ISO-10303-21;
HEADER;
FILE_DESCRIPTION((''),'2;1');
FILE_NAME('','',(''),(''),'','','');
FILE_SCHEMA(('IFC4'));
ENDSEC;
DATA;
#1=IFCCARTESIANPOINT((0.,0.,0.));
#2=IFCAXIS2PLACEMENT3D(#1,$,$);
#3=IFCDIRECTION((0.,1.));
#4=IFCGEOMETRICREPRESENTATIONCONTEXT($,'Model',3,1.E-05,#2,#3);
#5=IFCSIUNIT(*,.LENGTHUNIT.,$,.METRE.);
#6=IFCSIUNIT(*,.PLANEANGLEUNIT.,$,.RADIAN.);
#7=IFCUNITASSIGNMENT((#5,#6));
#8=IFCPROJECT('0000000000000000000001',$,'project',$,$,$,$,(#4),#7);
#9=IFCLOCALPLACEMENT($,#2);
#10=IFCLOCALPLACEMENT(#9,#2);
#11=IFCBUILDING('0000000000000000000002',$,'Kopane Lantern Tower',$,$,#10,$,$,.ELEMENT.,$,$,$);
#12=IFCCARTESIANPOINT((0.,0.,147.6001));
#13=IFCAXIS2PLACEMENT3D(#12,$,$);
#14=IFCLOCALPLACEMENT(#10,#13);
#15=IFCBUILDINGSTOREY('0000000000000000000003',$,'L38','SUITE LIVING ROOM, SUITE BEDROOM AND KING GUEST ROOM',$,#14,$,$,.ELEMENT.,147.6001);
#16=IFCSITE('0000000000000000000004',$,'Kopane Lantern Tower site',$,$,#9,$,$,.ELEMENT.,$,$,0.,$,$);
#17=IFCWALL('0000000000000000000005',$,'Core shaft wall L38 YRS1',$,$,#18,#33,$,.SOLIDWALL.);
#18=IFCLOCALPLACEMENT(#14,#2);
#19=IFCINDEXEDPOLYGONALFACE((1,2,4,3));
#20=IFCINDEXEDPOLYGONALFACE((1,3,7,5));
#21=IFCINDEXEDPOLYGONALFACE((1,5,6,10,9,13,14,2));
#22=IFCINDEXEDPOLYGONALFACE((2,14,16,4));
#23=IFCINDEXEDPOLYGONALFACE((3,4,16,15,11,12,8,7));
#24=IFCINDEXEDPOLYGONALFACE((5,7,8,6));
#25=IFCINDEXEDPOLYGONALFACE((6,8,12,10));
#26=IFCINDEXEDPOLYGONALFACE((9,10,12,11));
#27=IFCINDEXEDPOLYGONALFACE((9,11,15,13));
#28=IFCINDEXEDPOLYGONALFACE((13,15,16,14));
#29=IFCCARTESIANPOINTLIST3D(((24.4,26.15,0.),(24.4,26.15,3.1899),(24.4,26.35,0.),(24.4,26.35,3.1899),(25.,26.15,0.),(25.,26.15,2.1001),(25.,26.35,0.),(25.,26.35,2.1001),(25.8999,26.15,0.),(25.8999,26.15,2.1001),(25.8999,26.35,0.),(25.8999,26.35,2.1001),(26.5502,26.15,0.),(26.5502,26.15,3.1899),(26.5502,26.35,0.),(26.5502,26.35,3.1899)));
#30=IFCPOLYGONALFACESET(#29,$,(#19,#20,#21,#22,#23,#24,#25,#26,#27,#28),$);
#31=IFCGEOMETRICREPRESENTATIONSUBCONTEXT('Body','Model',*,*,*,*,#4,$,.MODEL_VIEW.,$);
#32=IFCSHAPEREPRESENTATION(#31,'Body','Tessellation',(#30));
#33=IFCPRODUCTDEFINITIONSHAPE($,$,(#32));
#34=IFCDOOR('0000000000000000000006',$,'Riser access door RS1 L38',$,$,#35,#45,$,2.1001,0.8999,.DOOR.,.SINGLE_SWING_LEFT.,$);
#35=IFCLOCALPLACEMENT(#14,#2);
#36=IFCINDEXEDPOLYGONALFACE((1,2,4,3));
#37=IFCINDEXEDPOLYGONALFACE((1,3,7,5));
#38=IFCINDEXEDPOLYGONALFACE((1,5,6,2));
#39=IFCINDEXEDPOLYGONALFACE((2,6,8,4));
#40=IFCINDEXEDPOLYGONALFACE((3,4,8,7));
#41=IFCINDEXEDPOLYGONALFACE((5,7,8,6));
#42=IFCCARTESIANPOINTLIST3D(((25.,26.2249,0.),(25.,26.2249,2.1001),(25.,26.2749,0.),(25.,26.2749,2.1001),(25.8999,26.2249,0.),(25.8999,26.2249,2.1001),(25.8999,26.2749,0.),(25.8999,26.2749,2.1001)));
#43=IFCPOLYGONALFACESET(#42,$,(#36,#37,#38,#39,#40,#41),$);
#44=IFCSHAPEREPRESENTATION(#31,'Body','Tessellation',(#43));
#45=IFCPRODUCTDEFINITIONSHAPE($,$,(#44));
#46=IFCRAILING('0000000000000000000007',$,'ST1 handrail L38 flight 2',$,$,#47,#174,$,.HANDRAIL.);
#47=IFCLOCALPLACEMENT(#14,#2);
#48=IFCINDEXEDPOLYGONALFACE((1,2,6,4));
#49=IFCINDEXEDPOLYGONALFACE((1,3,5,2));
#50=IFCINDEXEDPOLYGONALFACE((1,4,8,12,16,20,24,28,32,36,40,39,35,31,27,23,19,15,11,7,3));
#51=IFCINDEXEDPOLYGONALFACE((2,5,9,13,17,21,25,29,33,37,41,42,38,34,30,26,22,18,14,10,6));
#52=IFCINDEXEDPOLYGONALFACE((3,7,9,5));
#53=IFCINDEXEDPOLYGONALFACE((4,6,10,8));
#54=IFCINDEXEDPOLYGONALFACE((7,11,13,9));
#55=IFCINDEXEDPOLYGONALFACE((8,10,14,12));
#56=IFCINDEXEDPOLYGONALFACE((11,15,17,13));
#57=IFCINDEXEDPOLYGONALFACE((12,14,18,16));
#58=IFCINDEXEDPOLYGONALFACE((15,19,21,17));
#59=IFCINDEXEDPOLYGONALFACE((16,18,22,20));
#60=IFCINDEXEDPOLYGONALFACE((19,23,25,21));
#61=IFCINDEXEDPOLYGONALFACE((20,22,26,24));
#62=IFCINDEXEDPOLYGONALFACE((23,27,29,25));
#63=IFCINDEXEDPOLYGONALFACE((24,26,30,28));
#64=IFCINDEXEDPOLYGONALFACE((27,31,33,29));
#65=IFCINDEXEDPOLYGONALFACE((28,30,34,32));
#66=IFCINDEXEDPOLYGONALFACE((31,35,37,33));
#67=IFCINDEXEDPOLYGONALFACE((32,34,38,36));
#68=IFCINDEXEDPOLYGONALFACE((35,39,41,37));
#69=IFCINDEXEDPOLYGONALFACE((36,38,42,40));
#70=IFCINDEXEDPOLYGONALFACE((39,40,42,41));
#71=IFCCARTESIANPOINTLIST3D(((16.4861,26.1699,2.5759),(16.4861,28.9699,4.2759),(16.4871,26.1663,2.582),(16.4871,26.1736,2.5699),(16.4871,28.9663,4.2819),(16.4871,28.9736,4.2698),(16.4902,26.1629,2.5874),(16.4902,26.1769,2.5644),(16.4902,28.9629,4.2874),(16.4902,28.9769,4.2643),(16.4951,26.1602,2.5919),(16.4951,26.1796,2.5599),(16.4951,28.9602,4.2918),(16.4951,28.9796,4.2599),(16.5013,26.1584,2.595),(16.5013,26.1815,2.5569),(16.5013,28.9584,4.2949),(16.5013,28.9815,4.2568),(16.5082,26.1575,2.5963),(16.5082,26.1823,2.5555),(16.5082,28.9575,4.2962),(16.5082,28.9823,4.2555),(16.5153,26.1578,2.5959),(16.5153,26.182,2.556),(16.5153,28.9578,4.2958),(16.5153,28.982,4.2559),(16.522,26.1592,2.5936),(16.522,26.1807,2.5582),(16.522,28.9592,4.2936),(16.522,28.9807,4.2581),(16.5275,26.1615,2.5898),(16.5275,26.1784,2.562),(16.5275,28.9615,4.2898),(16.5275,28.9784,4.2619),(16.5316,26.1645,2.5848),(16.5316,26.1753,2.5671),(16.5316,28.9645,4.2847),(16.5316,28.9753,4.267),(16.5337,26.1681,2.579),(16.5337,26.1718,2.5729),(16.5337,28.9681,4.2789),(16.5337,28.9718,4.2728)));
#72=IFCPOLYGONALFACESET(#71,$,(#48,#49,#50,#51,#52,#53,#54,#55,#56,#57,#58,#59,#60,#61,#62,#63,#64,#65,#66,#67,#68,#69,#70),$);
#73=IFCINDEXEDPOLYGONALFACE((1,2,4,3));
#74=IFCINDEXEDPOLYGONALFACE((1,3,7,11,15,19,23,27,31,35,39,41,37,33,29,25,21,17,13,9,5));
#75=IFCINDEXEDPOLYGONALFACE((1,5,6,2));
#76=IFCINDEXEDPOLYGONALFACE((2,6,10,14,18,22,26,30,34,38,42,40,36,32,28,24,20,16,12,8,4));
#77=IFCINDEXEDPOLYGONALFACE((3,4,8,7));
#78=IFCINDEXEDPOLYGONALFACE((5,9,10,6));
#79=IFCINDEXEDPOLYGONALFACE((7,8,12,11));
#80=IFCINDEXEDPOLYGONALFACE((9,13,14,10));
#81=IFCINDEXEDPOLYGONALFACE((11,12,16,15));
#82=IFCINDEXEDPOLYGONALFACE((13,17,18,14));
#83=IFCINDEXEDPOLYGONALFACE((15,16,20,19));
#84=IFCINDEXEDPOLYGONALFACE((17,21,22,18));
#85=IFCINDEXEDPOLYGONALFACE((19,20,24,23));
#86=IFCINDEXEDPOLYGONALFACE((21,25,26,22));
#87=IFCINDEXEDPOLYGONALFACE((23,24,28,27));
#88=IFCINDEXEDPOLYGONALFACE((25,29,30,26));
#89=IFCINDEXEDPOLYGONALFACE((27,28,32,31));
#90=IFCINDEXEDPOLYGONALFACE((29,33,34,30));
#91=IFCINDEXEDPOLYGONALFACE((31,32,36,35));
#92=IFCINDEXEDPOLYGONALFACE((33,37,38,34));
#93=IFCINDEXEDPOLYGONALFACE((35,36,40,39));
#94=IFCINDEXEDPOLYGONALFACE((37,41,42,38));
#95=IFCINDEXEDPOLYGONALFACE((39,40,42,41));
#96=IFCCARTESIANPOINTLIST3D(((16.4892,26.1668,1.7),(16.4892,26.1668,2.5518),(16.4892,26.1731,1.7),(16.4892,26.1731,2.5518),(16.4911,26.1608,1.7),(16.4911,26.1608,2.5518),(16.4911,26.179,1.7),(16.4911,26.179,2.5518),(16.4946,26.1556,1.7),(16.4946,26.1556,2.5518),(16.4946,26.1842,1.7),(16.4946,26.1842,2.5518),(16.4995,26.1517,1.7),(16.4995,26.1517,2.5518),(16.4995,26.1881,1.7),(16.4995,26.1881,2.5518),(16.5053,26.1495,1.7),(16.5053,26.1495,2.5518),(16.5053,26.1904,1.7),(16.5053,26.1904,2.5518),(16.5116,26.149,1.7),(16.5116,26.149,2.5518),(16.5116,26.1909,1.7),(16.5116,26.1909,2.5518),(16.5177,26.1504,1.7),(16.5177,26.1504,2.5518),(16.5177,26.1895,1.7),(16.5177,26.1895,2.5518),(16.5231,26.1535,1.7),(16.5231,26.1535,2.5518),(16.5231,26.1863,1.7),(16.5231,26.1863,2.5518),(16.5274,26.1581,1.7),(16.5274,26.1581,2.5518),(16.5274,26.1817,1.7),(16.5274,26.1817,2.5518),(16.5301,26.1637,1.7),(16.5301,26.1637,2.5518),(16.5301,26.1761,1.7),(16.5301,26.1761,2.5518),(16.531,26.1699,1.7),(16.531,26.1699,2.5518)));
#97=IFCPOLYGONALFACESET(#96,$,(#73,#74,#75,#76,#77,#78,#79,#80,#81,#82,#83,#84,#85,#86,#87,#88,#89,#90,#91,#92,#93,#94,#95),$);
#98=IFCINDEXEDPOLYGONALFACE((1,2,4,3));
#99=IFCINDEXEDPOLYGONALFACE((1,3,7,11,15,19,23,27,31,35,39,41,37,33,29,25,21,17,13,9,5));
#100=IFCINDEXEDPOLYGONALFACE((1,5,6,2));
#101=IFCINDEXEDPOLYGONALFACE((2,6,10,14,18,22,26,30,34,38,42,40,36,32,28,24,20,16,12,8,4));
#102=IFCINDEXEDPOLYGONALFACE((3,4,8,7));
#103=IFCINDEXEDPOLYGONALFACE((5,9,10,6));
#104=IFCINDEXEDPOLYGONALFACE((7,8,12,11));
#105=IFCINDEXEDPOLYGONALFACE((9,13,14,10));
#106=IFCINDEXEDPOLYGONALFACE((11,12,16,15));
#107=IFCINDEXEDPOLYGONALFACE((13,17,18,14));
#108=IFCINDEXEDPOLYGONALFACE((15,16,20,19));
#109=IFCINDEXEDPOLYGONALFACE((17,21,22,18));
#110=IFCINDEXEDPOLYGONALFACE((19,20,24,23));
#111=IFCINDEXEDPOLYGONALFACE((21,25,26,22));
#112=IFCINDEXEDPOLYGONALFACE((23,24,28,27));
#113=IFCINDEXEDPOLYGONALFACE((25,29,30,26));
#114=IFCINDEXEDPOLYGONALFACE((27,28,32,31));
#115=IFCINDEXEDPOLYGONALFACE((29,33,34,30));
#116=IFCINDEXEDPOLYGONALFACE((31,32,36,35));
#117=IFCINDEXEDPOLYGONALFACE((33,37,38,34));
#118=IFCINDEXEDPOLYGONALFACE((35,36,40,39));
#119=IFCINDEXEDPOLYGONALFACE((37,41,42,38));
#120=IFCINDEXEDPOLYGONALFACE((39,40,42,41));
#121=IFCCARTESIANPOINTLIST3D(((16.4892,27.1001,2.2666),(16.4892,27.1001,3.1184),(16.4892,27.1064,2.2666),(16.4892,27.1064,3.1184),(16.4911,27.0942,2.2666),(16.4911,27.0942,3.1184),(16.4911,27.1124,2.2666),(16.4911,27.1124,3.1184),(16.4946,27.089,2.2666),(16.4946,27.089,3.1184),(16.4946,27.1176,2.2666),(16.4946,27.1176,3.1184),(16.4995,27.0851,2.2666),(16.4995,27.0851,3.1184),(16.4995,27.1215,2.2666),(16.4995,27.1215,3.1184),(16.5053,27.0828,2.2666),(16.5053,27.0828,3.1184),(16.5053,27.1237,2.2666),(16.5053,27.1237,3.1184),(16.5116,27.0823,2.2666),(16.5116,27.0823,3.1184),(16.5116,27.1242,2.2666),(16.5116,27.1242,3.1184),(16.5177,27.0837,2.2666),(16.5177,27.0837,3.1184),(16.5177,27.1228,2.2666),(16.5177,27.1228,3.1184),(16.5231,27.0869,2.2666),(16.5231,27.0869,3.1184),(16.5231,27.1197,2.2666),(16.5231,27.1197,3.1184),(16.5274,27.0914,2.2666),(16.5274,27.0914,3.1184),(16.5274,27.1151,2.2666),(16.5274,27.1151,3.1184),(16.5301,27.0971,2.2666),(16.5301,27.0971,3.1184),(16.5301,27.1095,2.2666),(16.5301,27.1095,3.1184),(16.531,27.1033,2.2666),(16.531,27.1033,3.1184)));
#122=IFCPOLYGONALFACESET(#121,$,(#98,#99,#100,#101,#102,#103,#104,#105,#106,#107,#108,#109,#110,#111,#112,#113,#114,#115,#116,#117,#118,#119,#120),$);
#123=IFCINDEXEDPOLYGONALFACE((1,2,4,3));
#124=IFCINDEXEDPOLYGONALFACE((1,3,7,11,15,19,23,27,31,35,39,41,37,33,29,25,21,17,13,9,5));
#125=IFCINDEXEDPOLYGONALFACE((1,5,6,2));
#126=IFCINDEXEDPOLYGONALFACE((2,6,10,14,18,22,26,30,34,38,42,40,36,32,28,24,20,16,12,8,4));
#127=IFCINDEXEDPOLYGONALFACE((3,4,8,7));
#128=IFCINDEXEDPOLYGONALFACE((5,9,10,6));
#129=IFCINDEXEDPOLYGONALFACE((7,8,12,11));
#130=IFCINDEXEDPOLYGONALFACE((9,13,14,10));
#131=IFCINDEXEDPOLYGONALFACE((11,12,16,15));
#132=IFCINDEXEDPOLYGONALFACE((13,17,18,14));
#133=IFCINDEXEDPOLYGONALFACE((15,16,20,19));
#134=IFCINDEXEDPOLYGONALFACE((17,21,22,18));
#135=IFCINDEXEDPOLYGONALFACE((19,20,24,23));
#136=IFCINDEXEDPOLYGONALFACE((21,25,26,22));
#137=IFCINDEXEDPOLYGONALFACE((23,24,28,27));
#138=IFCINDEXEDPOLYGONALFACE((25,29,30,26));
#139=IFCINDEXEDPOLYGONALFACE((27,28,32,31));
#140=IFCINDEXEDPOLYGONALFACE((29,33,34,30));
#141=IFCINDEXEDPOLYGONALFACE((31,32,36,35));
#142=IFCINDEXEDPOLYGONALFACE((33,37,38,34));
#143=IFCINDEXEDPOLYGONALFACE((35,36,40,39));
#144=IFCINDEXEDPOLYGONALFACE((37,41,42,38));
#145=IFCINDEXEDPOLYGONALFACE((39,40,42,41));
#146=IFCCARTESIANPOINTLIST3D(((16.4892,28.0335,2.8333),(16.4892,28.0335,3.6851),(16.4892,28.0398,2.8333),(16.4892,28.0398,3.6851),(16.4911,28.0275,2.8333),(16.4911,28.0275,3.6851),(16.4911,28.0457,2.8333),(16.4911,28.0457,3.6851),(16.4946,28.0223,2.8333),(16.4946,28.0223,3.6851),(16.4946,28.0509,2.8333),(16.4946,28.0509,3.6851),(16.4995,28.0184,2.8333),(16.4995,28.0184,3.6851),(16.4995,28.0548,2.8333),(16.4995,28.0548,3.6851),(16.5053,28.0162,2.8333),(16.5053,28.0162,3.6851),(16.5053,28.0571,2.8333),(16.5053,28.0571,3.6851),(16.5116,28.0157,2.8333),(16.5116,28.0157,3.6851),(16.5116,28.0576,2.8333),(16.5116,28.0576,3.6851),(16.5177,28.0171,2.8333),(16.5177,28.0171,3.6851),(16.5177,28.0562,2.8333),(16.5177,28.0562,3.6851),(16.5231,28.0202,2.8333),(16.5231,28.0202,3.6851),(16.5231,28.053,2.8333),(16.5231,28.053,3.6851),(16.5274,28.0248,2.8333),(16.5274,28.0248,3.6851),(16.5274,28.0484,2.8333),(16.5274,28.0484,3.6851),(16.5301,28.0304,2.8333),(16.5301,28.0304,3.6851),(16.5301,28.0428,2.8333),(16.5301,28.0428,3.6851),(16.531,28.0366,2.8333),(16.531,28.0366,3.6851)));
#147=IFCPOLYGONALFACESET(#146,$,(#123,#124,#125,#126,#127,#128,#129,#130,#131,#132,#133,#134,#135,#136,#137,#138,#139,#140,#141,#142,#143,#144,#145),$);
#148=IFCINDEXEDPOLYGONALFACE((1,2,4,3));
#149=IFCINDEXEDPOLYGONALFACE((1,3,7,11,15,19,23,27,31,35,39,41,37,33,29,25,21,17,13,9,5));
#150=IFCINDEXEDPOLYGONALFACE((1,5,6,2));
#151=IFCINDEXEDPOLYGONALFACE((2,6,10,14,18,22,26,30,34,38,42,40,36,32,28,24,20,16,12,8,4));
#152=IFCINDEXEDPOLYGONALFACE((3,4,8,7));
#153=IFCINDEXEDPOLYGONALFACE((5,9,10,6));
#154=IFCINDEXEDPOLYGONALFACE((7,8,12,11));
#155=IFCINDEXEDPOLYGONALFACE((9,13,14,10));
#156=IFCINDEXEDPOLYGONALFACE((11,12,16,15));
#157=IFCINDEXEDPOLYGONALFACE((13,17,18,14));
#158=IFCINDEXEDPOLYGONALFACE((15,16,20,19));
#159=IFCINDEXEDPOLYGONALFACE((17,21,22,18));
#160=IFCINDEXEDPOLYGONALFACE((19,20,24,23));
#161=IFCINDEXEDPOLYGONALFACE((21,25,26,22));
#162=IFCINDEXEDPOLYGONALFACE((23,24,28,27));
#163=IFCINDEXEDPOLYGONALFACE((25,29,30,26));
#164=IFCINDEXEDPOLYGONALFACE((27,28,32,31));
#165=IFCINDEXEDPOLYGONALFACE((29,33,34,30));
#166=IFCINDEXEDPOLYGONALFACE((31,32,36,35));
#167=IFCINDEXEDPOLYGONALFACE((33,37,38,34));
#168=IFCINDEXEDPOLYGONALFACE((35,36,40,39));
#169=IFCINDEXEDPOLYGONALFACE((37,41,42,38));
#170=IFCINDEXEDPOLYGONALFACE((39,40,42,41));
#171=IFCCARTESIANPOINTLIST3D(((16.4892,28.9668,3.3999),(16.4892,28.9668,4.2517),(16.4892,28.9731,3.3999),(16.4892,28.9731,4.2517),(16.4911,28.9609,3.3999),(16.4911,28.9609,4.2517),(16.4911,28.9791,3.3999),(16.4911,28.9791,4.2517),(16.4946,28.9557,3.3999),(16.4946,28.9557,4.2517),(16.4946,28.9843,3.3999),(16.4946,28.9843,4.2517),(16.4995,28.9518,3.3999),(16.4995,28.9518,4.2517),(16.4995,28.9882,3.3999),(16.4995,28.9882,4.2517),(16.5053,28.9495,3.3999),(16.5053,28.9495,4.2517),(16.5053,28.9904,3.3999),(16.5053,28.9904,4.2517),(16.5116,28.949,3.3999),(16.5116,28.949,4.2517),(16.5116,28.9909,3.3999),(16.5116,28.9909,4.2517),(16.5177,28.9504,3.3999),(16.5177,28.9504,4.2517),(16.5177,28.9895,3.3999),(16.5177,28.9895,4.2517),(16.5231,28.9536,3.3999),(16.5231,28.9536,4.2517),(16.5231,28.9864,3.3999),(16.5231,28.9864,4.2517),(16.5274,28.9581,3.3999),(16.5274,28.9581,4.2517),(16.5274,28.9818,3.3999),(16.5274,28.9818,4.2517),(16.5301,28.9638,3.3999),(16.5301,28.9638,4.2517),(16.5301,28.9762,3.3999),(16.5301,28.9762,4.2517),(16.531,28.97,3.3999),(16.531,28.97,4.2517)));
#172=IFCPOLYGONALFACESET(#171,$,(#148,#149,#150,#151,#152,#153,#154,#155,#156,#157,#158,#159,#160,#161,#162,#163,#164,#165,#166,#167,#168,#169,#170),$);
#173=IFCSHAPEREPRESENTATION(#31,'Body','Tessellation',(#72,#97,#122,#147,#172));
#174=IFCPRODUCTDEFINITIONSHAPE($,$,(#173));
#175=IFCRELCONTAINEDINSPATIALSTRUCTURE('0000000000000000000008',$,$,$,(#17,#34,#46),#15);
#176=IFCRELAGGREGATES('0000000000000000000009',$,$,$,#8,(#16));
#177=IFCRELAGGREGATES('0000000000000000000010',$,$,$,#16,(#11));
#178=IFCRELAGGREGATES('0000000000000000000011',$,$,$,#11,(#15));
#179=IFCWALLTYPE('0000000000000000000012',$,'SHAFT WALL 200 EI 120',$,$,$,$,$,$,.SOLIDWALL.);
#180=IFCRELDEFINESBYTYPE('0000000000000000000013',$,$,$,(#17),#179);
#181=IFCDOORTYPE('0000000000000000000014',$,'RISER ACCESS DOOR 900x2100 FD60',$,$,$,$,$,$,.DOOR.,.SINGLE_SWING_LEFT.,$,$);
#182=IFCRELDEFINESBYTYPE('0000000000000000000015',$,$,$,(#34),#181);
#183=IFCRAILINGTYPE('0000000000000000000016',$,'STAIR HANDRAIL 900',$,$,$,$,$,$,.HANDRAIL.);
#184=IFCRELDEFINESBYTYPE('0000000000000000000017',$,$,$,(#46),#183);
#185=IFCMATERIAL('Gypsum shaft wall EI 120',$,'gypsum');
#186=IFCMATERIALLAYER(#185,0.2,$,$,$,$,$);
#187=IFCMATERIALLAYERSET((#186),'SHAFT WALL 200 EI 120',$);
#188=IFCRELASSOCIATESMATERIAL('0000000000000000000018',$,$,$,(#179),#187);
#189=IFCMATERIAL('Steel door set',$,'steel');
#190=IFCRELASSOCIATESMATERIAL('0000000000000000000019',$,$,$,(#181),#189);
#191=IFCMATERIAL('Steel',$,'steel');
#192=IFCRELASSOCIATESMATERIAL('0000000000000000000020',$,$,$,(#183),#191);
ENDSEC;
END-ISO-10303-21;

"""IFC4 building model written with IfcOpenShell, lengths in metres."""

from ifc_helpers import new_model, si_unit, direction, frame, frame_2d, origin, origin_2d, place, context, subcontext, project, spatial, rectangle, circle, extrude, material, layer, layer_set, type_object, element, fill, save


model = new_model("IFC4")

# Units and contexts
model_context = context("Model", 3, precision=1e-05, world=origin(), true_north=direction((0.0, 1.0)))
body_context = subcontext(model_context, "Body", "Model", "MODEL_VIEW")
ifc_project = project(units=[si_unit("LENGTHUNIT", "METRE"), si_unit("PLANEANGLEUNIT", "RADIAN")], contexts=[model_context])

# Site, building, storey
site_placement = place(None, origin())
site = spatial("IfcSite", under=ifc_project, at=site_placement, Name="Kopane Lantern Tower site", CompositionType="ELEMENT", RefElevation=0.0)
building_placement = place(site_placement, origin())
building = spatial("IfcBuilding", under=site, at=building_placement, Name="Kopane Lantern Tower", CompositionType="ELEMENT")
storey_placement = place(building_placement, frame((0.0, 0.0, 147.6001)))
storey = spatial("IfcBuildingStorey", under=building, at=storey_placement, Name="L38", Description="SUITE LIVING ROOM, SUITE BEDROOM AND KING GUEST ROOM", CompositionType="ELEMENT", Elevation=147.6001)

# Shared definitions
ifc_material_1 = material(Name="Gypsum shaft wall EI 120", Category="gypsum")
ifc_layer_1 = layer(ifc_material_1, 0.2)
ifc_layer_set_1 = layer_set([ifc_layer_1], Name="SHAFT WALL 200 EI 120")
wall_type_1 = type_object("IfcWallType", Name="SHAFT WALL 200 EI 120", PredefinedType="SOLIDWALL", material=ifc_layer_set_1)

# Wall, opening, door
wall_1_placement = place(storey_placement, frame((24.3999, 26.25, 0.0), z_axis=(0.0, 0.0, 1.0), x_axis=(1.0, 0.0, 0.0)))
wall_1 = element("IfcWall", 1, at=wall_1_placement, inside=storey, type_object=wall_type_1, Name="Core shaft wall L38 YRS1", PredefinedType="SOLIDWALL", context=body_context, shape_type="SweptSolid", body=[
    extrude(rectangle(XDim=2.1501, YDim=0.2, at=frame_2d((1.0752, 0.0))), origin(), (0.0, 0.0, 1.0), 3.1899),
])
opening_1_placement = place(wall_1_placement, frame((0.6001, 0.0, 0.0)))
opening_1 = element("IfcOpeningElement", 2, at=opening_1_placement, cuts=wall_1, PredefinedType="OPENING", context=body_context, shape_type="SweptSolid", body=[
    extrude(rectangle(XDim=0.8999, YDim=2.1001, at=frame_2d((0.45, 1.05))), frame((0.0, 0.1099, 0.0), z_axis=(0.0, -1.0, 0.0), x_axis=(1.0, 0.0, 0.0)), (0.0, 0.0, 1.0), 0.22),
])
ifc_material_2 = material(Name="Steel door set", Category="steel")
door_type_1 = type_object("IfcDoorType", Name="RISER ACCESS DOOR 900x2100 FD60", OperationType="SINGLE_SWING_LEFT", PredefinedType="DOOR", material=ifc_material_2)
door_1_placement = place(opening_1_placement, origin())
door_1 = element("IfcDoor", 3, at=door_1_placement, inside=storey, type_object=door_type_1, Name="Riser access door RS1 L38", OperationType="SINGLE_SWING_LEFT", OverallHeight=2.1001, OverallWidth=0.8999, PredefinedType="DOOR", context=body_context, shape_type="SweptSolid", body=[
    extrude(rectangle(XDim=0.8999, YDim=2.1001, at=frame_2d((0.45, 1.05))), frame((0.0, 0.0249, 0.0), z_axis=(0.0, -1.0, 0.0), x_axis=(1.0, 0.0, 0.0)), (0.0, 0.0, 1.0), 0.05),
])
fill(opening_1, door_1)

# Railing
ifc_material_3 = material(Name="Steel", Category="steel")
railing_type = type_object("IfcRailingType", Name="STAIR HANDRAIL 900", PredefinedType="HANDRAIL", material=ifc_material_3)
for number, where, name in (
    (4, (16.51, 26.1699, 1.7), "ST1 handrail L38 flight 2"),
):
    element("IfcRailing", number, at=place(storey_placement, frame(where)), inside=storey, type_object=railing_type, Name=name, PredefinedType="HANDRAIL", context=body_context, shape_type="SweptSolid", body=[
        extrude(circle(Radius=0.0239, at=origin_2d()), frame((0.0, 0.0, 0.876), z_axis=(0.0, 0.854798, 0.518961), x_axis=(-1.0, 0.0, 0.0)), (0.0, 0.0, 1.0), 3.2756),
        extrude(circle(Radius=0.021, at=origin_2d()), origin(), (0.0, 0.0, 1.0), 0.8518),
        extrude(circle(Radius=0.021, at=origin_2d()), frame((0.0, 0.9333, 0.5667)), (0.0, 0.0, 1.0), 0.8518),
        extrude(circle(Radius=0.021, at=origin_2d()), frame((0.0, 1.8667, 1.1333)), (0.0, 0.0, 1.0), 0.8518),
        extrude(circle(Radius=0.021, at=origin_2d()), frame((0.0, 2.8, 1.7)), (0.0, 0.0, 1.0), 0.8518),
    ])

save(model, "model.ifc")
